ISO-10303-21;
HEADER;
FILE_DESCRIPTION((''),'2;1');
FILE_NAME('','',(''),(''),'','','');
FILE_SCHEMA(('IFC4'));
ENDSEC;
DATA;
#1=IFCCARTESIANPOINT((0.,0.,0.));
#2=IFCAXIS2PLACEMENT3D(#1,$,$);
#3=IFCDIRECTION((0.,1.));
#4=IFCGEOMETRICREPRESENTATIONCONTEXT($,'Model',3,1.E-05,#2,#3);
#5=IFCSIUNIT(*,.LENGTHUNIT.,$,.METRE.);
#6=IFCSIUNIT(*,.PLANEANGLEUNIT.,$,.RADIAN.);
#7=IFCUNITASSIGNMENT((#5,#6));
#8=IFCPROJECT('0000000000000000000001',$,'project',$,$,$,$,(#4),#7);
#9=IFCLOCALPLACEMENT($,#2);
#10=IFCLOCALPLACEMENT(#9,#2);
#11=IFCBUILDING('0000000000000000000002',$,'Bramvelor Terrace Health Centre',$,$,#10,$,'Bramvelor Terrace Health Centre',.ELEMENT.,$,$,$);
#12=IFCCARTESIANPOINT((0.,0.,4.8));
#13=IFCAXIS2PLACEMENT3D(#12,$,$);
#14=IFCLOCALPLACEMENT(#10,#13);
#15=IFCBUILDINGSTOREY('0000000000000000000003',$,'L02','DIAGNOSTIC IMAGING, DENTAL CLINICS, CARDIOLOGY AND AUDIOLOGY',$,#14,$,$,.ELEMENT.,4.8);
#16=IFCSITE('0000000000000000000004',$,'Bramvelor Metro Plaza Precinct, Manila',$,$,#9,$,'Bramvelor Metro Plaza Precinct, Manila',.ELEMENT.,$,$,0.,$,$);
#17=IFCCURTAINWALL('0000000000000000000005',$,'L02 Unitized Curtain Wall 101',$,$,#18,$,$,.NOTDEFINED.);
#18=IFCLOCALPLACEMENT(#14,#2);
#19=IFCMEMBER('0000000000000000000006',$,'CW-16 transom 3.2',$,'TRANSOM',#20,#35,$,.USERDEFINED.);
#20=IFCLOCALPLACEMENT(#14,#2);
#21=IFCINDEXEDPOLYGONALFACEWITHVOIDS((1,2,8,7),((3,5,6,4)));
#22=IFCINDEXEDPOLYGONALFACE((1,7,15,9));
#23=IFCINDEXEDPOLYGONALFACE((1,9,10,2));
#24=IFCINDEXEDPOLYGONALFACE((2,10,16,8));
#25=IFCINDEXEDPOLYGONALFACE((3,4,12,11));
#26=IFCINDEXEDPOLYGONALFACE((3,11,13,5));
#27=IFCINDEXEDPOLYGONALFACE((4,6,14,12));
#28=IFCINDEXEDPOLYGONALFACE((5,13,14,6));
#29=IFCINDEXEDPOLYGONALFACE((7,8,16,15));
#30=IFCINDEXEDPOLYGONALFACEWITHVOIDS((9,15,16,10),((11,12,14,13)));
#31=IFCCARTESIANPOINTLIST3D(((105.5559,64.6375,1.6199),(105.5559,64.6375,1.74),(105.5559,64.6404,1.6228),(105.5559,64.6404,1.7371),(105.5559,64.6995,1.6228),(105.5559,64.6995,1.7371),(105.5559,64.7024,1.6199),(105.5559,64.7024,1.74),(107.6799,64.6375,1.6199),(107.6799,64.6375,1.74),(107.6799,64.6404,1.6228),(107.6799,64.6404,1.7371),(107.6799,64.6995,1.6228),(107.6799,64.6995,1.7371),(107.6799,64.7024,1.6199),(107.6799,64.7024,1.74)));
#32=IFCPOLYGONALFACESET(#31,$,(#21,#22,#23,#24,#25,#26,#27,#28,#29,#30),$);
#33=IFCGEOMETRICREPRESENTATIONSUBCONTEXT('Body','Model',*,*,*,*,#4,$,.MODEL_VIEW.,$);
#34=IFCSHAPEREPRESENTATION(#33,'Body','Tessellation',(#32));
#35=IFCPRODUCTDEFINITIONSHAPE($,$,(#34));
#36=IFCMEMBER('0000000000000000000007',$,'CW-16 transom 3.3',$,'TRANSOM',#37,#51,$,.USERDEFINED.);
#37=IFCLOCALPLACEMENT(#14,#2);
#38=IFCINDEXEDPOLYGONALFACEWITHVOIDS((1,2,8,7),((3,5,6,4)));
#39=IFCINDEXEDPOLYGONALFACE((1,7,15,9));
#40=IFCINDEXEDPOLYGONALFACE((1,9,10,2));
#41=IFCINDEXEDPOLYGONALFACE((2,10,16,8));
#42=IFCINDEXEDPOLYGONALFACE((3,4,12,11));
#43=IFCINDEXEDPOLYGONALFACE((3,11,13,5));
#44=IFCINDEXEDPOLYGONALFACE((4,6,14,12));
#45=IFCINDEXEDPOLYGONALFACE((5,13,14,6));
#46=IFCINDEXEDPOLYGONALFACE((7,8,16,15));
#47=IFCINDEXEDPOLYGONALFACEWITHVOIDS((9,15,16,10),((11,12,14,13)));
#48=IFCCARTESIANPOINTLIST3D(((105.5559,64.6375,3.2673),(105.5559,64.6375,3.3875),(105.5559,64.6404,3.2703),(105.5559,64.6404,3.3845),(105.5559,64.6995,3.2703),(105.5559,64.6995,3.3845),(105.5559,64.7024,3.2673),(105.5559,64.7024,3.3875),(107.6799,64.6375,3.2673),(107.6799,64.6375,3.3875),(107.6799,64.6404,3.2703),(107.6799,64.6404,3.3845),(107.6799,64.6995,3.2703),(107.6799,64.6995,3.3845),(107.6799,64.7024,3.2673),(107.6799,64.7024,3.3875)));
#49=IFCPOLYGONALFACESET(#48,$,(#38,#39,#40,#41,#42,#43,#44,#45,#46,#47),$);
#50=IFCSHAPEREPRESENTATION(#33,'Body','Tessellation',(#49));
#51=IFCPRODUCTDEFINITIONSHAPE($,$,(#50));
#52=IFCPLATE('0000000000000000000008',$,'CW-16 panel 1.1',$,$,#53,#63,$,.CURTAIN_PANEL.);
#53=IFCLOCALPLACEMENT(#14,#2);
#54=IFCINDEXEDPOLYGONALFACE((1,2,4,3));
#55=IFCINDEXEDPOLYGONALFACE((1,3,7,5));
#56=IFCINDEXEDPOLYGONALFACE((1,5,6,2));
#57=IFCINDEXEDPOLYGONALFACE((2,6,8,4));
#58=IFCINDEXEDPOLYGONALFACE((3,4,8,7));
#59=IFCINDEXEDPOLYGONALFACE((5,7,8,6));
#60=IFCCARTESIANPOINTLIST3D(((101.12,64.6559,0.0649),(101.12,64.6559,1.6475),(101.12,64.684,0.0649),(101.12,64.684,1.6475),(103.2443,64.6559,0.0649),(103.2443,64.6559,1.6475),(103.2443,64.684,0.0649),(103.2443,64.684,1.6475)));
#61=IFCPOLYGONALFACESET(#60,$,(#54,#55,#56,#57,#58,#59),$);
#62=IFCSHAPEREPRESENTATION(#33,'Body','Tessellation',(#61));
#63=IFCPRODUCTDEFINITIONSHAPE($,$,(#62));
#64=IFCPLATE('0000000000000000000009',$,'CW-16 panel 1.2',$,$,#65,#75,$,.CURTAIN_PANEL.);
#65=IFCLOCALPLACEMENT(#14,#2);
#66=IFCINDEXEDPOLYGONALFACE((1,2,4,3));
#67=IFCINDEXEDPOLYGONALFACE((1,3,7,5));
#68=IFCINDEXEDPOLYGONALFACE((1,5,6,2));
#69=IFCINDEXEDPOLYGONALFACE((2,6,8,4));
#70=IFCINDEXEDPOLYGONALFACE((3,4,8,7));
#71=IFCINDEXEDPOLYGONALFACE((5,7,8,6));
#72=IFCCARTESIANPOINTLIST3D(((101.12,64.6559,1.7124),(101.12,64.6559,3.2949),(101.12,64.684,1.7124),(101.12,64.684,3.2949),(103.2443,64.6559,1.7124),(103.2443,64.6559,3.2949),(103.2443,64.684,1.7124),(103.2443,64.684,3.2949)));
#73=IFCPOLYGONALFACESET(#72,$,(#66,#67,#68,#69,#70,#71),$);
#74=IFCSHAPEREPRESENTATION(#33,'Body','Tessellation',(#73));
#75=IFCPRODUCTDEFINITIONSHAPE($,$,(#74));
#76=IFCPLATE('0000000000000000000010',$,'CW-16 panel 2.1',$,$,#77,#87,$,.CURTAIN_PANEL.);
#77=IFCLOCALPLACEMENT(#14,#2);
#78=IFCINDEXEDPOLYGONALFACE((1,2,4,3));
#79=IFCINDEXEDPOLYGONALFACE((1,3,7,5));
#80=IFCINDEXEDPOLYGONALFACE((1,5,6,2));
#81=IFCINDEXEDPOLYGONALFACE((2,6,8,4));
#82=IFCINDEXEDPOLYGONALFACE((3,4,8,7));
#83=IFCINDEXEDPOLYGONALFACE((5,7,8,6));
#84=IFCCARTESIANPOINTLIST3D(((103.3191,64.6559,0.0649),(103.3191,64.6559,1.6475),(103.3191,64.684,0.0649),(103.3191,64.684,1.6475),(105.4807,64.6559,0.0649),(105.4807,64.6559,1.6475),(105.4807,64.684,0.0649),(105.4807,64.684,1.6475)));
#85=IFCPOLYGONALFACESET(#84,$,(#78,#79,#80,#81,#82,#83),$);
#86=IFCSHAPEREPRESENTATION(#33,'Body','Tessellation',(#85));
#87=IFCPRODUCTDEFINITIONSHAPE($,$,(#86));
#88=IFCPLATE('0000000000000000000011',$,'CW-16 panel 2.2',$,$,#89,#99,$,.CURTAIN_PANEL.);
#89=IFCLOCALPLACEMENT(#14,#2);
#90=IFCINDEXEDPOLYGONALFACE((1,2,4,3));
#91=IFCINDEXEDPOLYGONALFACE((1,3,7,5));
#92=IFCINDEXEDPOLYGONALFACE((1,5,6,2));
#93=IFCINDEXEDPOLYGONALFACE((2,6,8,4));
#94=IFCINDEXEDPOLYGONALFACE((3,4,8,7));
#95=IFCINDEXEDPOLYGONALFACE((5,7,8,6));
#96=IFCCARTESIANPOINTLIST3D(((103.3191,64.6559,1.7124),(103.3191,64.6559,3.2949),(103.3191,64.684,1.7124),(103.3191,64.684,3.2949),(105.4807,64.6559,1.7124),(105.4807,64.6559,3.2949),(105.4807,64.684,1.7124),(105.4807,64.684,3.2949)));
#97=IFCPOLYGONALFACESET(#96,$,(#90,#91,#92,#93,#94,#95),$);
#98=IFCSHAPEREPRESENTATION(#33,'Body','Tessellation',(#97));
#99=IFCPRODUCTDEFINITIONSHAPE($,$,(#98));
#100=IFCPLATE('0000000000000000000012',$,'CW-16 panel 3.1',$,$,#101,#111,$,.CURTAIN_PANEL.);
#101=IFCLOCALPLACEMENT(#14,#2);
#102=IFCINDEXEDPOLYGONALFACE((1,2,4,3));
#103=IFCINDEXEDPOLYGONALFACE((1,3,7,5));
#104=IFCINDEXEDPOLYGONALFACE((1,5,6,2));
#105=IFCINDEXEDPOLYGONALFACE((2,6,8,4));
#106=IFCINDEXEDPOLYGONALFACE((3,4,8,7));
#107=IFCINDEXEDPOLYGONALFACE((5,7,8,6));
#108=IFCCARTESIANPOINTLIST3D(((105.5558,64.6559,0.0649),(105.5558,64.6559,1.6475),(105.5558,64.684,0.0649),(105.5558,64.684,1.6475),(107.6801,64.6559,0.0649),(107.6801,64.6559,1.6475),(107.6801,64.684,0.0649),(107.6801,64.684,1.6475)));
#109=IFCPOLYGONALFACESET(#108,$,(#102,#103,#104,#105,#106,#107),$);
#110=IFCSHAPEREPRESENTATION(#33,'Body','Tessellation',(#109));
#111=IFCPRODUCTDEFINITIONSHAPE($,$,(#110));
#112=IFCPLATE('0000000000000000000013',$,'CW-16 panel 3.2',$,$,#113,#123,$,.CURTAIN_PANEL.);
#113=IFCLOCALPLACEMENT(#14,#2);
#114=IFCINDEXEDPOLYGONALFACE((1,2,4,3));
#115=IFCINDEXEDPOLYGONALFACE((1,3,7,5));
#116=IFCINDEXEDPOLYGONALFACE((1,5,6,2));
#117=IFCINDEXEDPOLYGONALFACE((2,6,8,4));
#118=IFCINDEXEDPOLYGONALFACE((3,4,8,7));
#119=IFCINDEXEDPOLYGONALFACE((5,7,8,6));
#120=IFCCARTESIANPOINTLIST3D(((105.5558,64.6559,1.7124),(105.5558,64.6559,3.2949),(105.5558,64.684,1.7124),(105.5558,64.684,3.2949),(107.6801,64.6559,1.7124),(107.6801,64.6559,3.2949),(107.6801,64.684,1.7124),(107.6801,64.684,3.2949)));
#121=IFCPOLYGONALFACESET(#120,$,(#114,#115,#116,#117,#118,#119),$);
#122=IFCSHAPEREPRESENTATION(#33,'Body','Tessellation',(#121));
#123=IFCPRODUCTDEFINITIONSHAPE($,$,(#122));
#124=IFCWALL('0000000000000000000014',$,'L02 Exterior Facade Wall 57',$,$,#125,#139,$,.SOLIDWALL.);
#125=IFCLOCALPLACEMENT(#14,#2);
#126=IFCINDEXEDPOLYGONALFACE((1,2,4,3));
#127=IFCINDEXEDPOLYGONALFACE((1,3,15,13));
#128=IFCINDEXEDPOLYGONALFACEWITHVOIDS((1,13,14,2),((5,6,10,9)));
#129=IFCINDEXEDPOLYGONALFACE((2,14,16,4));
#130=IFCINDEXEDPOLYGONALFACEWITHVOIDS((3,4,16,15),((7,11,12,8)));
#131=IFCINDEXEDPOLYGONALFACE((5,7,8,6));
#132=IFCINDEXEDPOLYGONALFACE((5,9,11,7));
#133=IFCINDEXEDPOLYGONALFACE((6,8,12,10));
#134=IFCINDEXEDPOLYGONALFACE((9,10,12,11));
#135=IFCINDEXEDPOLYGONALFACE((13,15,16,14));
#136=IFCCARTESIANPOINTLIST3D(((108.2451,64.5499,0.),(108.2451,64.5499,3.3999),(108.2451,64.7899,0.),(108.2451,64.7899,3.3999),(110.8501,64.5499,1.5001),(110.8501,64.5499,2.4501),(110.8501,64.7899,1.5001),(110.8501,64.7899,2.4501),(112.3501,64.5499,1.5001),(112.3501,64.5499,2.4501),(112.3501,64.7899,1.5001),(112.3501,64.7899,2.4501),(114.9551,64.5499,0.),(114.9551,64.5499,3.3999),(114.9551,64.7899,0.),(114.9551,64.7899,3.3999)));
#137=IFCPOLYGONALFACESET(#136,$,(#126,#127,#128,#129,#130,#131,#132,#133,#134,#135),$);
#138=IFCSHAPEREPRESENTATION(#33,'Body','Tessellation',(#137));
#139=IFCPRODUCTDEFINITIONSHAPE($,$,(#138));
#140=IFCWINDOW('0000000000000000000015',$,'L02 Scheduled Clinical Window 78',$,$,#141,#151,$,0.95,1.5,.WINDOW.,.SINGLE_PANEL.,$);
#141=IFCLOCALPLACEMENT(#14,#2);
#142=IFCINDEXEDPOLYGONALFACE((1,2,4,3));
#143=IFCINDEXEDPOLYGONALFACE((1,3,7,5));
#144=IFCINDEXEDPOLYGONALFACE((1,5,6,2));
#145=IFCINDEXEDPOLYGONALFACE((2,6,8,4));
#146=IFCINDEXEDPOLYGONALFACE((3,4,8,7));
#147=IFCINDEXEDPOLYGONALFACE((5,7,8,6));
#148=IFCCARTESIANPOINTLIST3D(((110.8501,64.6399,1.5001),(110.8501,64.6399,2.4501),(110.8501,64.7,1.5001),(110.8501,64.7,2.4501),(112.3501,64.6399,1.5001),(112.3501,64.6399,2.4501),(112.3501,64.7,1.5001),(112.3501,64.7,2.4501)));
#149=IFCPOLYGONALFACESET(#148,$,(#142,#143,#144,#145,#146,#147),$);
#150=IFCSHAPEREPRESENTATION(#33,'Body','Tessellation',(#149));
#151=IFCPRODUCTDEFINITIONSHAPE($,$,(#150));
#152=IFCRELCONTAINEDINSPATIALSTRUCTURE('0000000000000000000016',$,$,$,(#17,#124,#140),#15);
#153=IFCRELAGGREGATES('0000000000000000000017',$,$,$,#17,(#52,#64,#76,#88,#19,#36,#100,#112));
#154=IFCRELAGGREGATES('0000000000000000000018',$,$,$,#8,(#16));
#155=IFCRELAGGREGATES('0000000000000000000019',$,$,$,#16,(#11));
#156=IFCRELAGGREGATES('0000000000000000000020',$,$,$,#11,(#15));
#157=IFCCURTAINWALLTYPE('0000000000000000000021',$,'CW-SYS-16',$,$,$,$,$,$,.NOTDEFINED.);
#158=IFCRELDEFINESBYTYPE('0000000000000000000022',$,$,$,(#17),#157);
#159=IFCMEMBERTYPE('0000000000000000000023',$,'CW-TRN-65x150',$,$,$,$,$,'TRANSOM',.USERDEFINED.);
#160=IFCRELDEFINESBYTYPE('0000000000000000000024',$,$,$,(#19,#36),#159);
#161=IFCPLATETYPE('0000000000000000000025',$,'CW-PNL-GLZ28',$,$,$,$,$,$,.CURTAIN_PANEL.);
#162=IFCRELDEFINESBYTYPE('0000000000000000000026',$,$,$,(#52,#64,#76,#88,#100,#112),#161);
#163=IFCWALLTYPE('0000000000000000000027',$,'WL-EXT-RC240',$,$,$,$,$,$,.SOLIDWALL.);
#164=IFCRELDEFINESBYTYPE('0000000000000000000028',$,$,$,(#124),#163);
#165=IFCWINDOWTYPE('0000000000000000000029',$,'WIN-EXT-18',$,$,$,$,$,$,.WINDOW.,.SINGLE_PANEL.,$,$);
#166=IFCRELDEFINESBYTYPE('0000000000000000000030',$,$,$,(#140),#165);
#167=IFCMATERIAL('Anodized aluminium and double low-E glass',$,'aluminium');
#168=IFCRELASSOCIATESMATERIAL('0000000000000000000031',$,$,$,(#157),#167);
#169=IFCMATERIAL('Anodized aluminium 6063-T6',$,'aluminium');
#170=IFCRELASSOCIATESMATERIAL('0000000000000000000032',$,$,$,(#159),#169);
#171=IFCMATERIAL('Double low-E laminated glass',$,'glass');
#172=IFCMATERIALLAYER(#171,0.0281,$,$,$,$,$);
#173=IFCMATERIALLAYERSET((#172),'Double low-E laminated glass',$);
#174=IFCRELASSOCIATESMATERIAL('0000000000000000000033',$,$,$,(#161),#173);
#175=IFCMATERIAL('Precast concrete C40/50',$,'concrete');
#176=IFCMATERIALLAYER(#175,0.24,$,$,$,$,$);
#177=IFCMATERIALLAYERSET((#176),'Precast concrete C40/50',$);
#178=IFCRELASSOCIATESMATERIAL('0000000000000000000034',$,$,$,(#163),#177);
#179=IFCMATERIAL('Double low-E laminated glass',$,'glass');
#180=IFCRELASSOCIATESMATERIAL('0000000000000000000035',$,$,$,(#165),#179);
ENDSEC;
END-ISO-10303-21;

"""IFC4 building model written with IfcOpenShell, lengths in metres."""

from ifc_helpers import new_model, si_unit, direction, frame, frame_2d, origin, origin_2d, place, context, subcontext, project, spatial, rectangle, hollow_rectangle, extrude, material, layer, layer_set, material_profile, profile_set, type_object, element, fill, aggregate, save


model = new_model("IFC4")

# Units and contexts
model_context = context("Model", 3, precision=1e-05, world=origin(), true_north=direction((0.0, 1.0)))
body_context = subcontext(model_context, "Body", "Model", "MODEL_VIEW")
ifc_project = project(units=[si_unit("LENGTHUNIT", "METRE"), si_unit("PLANEANGLEUNIT", "RADIAN")], contexts=[model_context])

# Site, building, storey
site_placement = place(None, origin())
site = spatial("IfcSite", under=ifc_project, at=site_placement, Name="Bramvelor Metro Plaza Precinct, Manila", LongName="Bramvelor Metro Plaza Precinct, Manila", CompositionType="ELEMENT", RefElevation=0.0)
building_placement = place(site_placement, origin())
building = spatial("IfcBuilding", under=site, at=building_placement, Name="Bramvelor Terrace Health Centre", LongName="Bramvelor Terrace Health Centre", CompositionType="ELEMENT")
storey_placement = place(building_placement, frame((0.0, 0.0, 4.8)))
storey = spatial("IfcBuildingStorey", under=building, at=storey_placement, Name="L02", Description="DIAGNOSTIC IMAGING, DENTAL CLINICS, CARDIOLOGY AND AUDIOLOGY", CompositionType="ELEMENT", Elevation=4.8)

# Curtain wall, members, plates
ifc_material_1 = material(Name="Anodized aluminium and double low-E glass", Category="aluminium")
curtain_wall_type = type_object("IfcCurtainWallType", Name="CW-SYS-16", PredefinedType="NOTDEFINED", material=ifc_material_1)
curtain_wall_placement = place(storey_placement, origin())
curtain_wall = element("IfcCurtainWall", 1, at=curtain_wall_placement, inside=storey, type_object=curtain_wall_type, Name="L02 Unitized Curtain Wall 101", PredefinedType="NOTDEFINED")
ifc_material_2 = material(Name="Anodized aluminium 6063-T6", Category="aluminium")
ifc_material_profile_1 = material_profile(ifc_material_2, hollow_rectangle(XDim=0.0649, YDim=0.1201, WallThickness=0.0029, at=origin_2d()), Name="ALU-TRN 65x120x3.0")
ifc_profile_set_1 = profile_set([ifc_material_profile_1], Name="Anodized aluminium 6063-T6")
member_type_1 = type_object("IfcMemberType", Name="CW-TRN-65x150", ElementType="TRANSOM", PredefinedType="USERDEFINED", material=ifc_profile_set_1)
member_1_placement = place(storey_placement, frame((105.5559, 64.6699, 1.6799), z_axis=(1.0, 0.0, 0.0), x_axis=(0.0, 1.0, 0.0)))
member_1 = element("IfcMember", 2, at=member_1_placement, type_object=member_type_1, Name="CW-16 transom 3.2", ObjectType="TRANSOM", PredefinedType="USERDEFINED", context=body_context, shape_type="SweptSolid", body=[
    extrude(hollow_rectangle(XDim=0.0649, YDim=0.1201, WallThickness=0.0029, at=origin_2d()), origin(), (0.0, 0.0, 1.0), 2.124),
])
member_2_placement = place(storey_placement, frame((105.5559, 64.6699, 3.3274), z_axis=(1.0, 0.0, 0.0), x_axis=(0.0, 1.0, 0.0)))
member_2 = element("IfcMember", 3, at=member_2_placement, type_object=member_type_1, Name="CW-16 transom 3.3", ObjectType="TRANSOM", PredefinedType="USERDEFINED", context=body_context, shape_type="SweptSolid", body=[
    extrude(hollow_rectangle(XDim=0.0649, YDim=0.1201, WallThickness=0.0029, at=origin_2d()), origin(), (0.0, 0.0, 1.0), 2.124),
])
ifc_material_3 = material(Name="Double low-E laminated glass", Category="glass")
ifc_layer_1 = layer(ifc_material_3, 0.0281)
ifc_layer_set_1 = layer_set([ifc_layer_1], Name="Double low-E laminated glass")
plate_type = type_object("IfcPlateType", Name="CW-PNL-GLZ28", PredefinedType="CURTAIN_PANEL", material=ifc_layer_set_1)
plate_1_placement = place(storey_placement, frame((102.1821, 64.6699, 0.0649), z_axis=(0.0, 0.0, 1.0), x_axis=(1.0, 0.0, 0.0)))
plate_1 = element("IfcPlate", 4, at=plate_1_placement, type_object=plate_type, Name="CW-16 panel 1.1", PredefinedType="CURTAIN_PANEL", context=body_context, shape_type="SweptSolid", body=[
    extrude(rectangle(XDim=2.1243, YDim=0.0281, at=origin_2d()), origin(), (0.0, 0.0, 1.0), 1.5825),
])
plate_2_placement = place(storey_placement, frame((102.1821, 64.6699, 1.7124), z_axis=(0.0, 0.0, 1.0), x_axis=(1.0, 0.0, 0.0)))
plate_2 = element("IfcPlate", 5, at=plate_2_placement, type_object=plate_type, Name="CW-16 panel 1.2", PredefinedType="CURTAIN_PANEL", context=body_context, shape_type="SweptSolid", body=[
    extrude(rectangle(XDim=2.1243, YDim=0.0281, at=origin_2d()), origin(), (0.0, 0.0, 1.0), 1.5825),
])
plate_3_placement = place(storey_placement, frame((104.3999, 64.6699, 0.0649), z_axis=(0.0, 0.0, 1.0), x_axis=(1.0, 0.0, 0.0)))
plate_3 = element("IfcPlate", 6, at=plate_3_placement, type_object=plate_type, Name="CW-16 panel 2.1", PredefinedType="CURTAIN_PANEL", context=body_context, shape_type="SweptSolid", body=[
    extrude(rectangle(XDim=2.1616, YDim=0.0281, at=origin_2d()), origin(), (0.0, 0.0, 1.0), 1.5825),
])
plate_4_placement = place(storey_placement, frame((104.3999, 64.6699, 1.7124), z_axis=(0.0, 0.0, 1.0), x_axis=(1.0, 0.0, 0.0)))
plate_4 = element("IfcPlate", 7, at=plate_4_placement, type_object=plate_type, Name="CW-16 panel 2.2", PredefinedType="CURTAIN_PANEL", context=body_context, shape_type="SweptSolid", body=[
    extrude(rectangle(XDim=2.1616, YDim=0.0281, at=origin_2d()), origin(), (0.0, 0.0, 1.0), 1.5825),
])
plate_5_placement = place(storey_placement, frame((106.6179, 64.6699, 0.0649), z_axis=(0.0, 0.0, 1.0), x_axis=(1.0, 0.0, 0.0)))
plate_5 = element("IfcPlate", 8, at=plate_5_placement, type_object=plate_type, Name="CW-16 panel 3.1", PredefinedType="CURTAIN_PANEL", context=body_context, shape_type="SweptSolid", body=[
    extrude(rectangle(XDim=2.1243, YDim=0.0281, at=origin_2d()), origin(), (0.0, 0.0, 1.0), 1.5825),
])
plate_6_placement = place(storey_placement, frame((106.6179, 64.6699, 1.7124), z_axis=(0.0, 0.0, 1.0), x_axis=(1.0, 0.0, 0.0)))
plate_6 = element("IfcPlate", 9, at=plate_6_placement, type_object=plate_type, Name="CW-16 panel 3.2", PredefinedType="CURTAIN_PANEL", context=body_context, shape_type="SweptSolid", body=[
    extrude(rectangle(XDim=2.1243, YDim=0.0281, at=origin_2d()), origin(), (0.0, 0.0, 1.0), 1.5825),
])
aggregate(curtain_wall, [plate_1, plate_2, plate_3, plate_4, member_1, member_2, plate_5, plate_6])

# Wall, opening, window
ifc_material_4 = material(Name="Precast concrete C40/50", Category="concrete")
ifc_layer_2 = layer(ifc_material_4, 0.24)
ifc_layer_set_2 = layer_set([ifc_layer_2], Name="Precast concrete C40/50")
wall_type = type_object("IfcWallType", Name="WL-EXT-RC240", PredefinedType="SOLIDWALL", material=ifc_layer_set_2)
wall_placement = place(storey_placement, frame((108.2451, 64.6699, 0.0), z_axis=(0.0, 0.0, 1.0), x_axis=(1.0, 0.0, 0.0)))
wall = element("IfcWall", 10, at=wall_placement, inside=storey, type_object=wall_type, Name="L02 Exterior Facade Wall 57", PredefinedType="SOLIDWALL", context=body_context, shape_type="SweptSolid", body=[
    extrude(rectangle(XDim=6.71, YDim=0.24, at=frame_2d((3.355, 0.0))), origin(), (0.0, 0.0, 1.0), 3.3999),
])
opening_placement = place(wall_placement, frame((2.605, 0.0, 1.5)))
opening = element("IfcOpeningElement", 11, at=opening_placement, cuts=wall, PredefinedType="OPENING", context=body_context, shape_type="SweptSolid", body=[
    extrude(rectangle(XDim=1.5, YDim=0.95, at=frame_2d((0.75, 0.4751))), frame((0.0, 0.1299, 0.0), z_axis=(0.0, -1.0, 0.0), x_axis=(1.0, 0.0, 0.0)), (0.0, 0.0, 1.0), 0.26),
])
ifc_material_5 = material(Name="Double low-E laminated glass", Category="glass")
window_type = type_object("IfcWindowType", Name="WIN-EXT-18", PartitioningType="SINGLE_PANEL", PredefinedType="WINDOW", material=ifc_material_5)
window_placement = place(opening_placement, origin())
window = element("IfcWindow", 12, at=window_placement, inside=storey, type_object=window_type, Name="L02 Scheduled Clinical Window 78", OverallHeight=0.95, OverallWidth=1.5, PartitioningType="SINGLE_PANEL", PredefinedType="WINDOW", context=body_context, shape_type="SweptSolid", body=[
    extrude(rectangle(XDim=1.5, YDim=0.95, at=frame_2d((0.75, 0.4751))), frame((0.0, 0.03, 0.0), z_axis=(0.0, -1.0, 0.0), x_axis=(1.0, 0.0, 0.0)), (0.0, 0.0, 1.0), 0.0601),
])
fill(opening, window)

save(model, "model.ifc")
